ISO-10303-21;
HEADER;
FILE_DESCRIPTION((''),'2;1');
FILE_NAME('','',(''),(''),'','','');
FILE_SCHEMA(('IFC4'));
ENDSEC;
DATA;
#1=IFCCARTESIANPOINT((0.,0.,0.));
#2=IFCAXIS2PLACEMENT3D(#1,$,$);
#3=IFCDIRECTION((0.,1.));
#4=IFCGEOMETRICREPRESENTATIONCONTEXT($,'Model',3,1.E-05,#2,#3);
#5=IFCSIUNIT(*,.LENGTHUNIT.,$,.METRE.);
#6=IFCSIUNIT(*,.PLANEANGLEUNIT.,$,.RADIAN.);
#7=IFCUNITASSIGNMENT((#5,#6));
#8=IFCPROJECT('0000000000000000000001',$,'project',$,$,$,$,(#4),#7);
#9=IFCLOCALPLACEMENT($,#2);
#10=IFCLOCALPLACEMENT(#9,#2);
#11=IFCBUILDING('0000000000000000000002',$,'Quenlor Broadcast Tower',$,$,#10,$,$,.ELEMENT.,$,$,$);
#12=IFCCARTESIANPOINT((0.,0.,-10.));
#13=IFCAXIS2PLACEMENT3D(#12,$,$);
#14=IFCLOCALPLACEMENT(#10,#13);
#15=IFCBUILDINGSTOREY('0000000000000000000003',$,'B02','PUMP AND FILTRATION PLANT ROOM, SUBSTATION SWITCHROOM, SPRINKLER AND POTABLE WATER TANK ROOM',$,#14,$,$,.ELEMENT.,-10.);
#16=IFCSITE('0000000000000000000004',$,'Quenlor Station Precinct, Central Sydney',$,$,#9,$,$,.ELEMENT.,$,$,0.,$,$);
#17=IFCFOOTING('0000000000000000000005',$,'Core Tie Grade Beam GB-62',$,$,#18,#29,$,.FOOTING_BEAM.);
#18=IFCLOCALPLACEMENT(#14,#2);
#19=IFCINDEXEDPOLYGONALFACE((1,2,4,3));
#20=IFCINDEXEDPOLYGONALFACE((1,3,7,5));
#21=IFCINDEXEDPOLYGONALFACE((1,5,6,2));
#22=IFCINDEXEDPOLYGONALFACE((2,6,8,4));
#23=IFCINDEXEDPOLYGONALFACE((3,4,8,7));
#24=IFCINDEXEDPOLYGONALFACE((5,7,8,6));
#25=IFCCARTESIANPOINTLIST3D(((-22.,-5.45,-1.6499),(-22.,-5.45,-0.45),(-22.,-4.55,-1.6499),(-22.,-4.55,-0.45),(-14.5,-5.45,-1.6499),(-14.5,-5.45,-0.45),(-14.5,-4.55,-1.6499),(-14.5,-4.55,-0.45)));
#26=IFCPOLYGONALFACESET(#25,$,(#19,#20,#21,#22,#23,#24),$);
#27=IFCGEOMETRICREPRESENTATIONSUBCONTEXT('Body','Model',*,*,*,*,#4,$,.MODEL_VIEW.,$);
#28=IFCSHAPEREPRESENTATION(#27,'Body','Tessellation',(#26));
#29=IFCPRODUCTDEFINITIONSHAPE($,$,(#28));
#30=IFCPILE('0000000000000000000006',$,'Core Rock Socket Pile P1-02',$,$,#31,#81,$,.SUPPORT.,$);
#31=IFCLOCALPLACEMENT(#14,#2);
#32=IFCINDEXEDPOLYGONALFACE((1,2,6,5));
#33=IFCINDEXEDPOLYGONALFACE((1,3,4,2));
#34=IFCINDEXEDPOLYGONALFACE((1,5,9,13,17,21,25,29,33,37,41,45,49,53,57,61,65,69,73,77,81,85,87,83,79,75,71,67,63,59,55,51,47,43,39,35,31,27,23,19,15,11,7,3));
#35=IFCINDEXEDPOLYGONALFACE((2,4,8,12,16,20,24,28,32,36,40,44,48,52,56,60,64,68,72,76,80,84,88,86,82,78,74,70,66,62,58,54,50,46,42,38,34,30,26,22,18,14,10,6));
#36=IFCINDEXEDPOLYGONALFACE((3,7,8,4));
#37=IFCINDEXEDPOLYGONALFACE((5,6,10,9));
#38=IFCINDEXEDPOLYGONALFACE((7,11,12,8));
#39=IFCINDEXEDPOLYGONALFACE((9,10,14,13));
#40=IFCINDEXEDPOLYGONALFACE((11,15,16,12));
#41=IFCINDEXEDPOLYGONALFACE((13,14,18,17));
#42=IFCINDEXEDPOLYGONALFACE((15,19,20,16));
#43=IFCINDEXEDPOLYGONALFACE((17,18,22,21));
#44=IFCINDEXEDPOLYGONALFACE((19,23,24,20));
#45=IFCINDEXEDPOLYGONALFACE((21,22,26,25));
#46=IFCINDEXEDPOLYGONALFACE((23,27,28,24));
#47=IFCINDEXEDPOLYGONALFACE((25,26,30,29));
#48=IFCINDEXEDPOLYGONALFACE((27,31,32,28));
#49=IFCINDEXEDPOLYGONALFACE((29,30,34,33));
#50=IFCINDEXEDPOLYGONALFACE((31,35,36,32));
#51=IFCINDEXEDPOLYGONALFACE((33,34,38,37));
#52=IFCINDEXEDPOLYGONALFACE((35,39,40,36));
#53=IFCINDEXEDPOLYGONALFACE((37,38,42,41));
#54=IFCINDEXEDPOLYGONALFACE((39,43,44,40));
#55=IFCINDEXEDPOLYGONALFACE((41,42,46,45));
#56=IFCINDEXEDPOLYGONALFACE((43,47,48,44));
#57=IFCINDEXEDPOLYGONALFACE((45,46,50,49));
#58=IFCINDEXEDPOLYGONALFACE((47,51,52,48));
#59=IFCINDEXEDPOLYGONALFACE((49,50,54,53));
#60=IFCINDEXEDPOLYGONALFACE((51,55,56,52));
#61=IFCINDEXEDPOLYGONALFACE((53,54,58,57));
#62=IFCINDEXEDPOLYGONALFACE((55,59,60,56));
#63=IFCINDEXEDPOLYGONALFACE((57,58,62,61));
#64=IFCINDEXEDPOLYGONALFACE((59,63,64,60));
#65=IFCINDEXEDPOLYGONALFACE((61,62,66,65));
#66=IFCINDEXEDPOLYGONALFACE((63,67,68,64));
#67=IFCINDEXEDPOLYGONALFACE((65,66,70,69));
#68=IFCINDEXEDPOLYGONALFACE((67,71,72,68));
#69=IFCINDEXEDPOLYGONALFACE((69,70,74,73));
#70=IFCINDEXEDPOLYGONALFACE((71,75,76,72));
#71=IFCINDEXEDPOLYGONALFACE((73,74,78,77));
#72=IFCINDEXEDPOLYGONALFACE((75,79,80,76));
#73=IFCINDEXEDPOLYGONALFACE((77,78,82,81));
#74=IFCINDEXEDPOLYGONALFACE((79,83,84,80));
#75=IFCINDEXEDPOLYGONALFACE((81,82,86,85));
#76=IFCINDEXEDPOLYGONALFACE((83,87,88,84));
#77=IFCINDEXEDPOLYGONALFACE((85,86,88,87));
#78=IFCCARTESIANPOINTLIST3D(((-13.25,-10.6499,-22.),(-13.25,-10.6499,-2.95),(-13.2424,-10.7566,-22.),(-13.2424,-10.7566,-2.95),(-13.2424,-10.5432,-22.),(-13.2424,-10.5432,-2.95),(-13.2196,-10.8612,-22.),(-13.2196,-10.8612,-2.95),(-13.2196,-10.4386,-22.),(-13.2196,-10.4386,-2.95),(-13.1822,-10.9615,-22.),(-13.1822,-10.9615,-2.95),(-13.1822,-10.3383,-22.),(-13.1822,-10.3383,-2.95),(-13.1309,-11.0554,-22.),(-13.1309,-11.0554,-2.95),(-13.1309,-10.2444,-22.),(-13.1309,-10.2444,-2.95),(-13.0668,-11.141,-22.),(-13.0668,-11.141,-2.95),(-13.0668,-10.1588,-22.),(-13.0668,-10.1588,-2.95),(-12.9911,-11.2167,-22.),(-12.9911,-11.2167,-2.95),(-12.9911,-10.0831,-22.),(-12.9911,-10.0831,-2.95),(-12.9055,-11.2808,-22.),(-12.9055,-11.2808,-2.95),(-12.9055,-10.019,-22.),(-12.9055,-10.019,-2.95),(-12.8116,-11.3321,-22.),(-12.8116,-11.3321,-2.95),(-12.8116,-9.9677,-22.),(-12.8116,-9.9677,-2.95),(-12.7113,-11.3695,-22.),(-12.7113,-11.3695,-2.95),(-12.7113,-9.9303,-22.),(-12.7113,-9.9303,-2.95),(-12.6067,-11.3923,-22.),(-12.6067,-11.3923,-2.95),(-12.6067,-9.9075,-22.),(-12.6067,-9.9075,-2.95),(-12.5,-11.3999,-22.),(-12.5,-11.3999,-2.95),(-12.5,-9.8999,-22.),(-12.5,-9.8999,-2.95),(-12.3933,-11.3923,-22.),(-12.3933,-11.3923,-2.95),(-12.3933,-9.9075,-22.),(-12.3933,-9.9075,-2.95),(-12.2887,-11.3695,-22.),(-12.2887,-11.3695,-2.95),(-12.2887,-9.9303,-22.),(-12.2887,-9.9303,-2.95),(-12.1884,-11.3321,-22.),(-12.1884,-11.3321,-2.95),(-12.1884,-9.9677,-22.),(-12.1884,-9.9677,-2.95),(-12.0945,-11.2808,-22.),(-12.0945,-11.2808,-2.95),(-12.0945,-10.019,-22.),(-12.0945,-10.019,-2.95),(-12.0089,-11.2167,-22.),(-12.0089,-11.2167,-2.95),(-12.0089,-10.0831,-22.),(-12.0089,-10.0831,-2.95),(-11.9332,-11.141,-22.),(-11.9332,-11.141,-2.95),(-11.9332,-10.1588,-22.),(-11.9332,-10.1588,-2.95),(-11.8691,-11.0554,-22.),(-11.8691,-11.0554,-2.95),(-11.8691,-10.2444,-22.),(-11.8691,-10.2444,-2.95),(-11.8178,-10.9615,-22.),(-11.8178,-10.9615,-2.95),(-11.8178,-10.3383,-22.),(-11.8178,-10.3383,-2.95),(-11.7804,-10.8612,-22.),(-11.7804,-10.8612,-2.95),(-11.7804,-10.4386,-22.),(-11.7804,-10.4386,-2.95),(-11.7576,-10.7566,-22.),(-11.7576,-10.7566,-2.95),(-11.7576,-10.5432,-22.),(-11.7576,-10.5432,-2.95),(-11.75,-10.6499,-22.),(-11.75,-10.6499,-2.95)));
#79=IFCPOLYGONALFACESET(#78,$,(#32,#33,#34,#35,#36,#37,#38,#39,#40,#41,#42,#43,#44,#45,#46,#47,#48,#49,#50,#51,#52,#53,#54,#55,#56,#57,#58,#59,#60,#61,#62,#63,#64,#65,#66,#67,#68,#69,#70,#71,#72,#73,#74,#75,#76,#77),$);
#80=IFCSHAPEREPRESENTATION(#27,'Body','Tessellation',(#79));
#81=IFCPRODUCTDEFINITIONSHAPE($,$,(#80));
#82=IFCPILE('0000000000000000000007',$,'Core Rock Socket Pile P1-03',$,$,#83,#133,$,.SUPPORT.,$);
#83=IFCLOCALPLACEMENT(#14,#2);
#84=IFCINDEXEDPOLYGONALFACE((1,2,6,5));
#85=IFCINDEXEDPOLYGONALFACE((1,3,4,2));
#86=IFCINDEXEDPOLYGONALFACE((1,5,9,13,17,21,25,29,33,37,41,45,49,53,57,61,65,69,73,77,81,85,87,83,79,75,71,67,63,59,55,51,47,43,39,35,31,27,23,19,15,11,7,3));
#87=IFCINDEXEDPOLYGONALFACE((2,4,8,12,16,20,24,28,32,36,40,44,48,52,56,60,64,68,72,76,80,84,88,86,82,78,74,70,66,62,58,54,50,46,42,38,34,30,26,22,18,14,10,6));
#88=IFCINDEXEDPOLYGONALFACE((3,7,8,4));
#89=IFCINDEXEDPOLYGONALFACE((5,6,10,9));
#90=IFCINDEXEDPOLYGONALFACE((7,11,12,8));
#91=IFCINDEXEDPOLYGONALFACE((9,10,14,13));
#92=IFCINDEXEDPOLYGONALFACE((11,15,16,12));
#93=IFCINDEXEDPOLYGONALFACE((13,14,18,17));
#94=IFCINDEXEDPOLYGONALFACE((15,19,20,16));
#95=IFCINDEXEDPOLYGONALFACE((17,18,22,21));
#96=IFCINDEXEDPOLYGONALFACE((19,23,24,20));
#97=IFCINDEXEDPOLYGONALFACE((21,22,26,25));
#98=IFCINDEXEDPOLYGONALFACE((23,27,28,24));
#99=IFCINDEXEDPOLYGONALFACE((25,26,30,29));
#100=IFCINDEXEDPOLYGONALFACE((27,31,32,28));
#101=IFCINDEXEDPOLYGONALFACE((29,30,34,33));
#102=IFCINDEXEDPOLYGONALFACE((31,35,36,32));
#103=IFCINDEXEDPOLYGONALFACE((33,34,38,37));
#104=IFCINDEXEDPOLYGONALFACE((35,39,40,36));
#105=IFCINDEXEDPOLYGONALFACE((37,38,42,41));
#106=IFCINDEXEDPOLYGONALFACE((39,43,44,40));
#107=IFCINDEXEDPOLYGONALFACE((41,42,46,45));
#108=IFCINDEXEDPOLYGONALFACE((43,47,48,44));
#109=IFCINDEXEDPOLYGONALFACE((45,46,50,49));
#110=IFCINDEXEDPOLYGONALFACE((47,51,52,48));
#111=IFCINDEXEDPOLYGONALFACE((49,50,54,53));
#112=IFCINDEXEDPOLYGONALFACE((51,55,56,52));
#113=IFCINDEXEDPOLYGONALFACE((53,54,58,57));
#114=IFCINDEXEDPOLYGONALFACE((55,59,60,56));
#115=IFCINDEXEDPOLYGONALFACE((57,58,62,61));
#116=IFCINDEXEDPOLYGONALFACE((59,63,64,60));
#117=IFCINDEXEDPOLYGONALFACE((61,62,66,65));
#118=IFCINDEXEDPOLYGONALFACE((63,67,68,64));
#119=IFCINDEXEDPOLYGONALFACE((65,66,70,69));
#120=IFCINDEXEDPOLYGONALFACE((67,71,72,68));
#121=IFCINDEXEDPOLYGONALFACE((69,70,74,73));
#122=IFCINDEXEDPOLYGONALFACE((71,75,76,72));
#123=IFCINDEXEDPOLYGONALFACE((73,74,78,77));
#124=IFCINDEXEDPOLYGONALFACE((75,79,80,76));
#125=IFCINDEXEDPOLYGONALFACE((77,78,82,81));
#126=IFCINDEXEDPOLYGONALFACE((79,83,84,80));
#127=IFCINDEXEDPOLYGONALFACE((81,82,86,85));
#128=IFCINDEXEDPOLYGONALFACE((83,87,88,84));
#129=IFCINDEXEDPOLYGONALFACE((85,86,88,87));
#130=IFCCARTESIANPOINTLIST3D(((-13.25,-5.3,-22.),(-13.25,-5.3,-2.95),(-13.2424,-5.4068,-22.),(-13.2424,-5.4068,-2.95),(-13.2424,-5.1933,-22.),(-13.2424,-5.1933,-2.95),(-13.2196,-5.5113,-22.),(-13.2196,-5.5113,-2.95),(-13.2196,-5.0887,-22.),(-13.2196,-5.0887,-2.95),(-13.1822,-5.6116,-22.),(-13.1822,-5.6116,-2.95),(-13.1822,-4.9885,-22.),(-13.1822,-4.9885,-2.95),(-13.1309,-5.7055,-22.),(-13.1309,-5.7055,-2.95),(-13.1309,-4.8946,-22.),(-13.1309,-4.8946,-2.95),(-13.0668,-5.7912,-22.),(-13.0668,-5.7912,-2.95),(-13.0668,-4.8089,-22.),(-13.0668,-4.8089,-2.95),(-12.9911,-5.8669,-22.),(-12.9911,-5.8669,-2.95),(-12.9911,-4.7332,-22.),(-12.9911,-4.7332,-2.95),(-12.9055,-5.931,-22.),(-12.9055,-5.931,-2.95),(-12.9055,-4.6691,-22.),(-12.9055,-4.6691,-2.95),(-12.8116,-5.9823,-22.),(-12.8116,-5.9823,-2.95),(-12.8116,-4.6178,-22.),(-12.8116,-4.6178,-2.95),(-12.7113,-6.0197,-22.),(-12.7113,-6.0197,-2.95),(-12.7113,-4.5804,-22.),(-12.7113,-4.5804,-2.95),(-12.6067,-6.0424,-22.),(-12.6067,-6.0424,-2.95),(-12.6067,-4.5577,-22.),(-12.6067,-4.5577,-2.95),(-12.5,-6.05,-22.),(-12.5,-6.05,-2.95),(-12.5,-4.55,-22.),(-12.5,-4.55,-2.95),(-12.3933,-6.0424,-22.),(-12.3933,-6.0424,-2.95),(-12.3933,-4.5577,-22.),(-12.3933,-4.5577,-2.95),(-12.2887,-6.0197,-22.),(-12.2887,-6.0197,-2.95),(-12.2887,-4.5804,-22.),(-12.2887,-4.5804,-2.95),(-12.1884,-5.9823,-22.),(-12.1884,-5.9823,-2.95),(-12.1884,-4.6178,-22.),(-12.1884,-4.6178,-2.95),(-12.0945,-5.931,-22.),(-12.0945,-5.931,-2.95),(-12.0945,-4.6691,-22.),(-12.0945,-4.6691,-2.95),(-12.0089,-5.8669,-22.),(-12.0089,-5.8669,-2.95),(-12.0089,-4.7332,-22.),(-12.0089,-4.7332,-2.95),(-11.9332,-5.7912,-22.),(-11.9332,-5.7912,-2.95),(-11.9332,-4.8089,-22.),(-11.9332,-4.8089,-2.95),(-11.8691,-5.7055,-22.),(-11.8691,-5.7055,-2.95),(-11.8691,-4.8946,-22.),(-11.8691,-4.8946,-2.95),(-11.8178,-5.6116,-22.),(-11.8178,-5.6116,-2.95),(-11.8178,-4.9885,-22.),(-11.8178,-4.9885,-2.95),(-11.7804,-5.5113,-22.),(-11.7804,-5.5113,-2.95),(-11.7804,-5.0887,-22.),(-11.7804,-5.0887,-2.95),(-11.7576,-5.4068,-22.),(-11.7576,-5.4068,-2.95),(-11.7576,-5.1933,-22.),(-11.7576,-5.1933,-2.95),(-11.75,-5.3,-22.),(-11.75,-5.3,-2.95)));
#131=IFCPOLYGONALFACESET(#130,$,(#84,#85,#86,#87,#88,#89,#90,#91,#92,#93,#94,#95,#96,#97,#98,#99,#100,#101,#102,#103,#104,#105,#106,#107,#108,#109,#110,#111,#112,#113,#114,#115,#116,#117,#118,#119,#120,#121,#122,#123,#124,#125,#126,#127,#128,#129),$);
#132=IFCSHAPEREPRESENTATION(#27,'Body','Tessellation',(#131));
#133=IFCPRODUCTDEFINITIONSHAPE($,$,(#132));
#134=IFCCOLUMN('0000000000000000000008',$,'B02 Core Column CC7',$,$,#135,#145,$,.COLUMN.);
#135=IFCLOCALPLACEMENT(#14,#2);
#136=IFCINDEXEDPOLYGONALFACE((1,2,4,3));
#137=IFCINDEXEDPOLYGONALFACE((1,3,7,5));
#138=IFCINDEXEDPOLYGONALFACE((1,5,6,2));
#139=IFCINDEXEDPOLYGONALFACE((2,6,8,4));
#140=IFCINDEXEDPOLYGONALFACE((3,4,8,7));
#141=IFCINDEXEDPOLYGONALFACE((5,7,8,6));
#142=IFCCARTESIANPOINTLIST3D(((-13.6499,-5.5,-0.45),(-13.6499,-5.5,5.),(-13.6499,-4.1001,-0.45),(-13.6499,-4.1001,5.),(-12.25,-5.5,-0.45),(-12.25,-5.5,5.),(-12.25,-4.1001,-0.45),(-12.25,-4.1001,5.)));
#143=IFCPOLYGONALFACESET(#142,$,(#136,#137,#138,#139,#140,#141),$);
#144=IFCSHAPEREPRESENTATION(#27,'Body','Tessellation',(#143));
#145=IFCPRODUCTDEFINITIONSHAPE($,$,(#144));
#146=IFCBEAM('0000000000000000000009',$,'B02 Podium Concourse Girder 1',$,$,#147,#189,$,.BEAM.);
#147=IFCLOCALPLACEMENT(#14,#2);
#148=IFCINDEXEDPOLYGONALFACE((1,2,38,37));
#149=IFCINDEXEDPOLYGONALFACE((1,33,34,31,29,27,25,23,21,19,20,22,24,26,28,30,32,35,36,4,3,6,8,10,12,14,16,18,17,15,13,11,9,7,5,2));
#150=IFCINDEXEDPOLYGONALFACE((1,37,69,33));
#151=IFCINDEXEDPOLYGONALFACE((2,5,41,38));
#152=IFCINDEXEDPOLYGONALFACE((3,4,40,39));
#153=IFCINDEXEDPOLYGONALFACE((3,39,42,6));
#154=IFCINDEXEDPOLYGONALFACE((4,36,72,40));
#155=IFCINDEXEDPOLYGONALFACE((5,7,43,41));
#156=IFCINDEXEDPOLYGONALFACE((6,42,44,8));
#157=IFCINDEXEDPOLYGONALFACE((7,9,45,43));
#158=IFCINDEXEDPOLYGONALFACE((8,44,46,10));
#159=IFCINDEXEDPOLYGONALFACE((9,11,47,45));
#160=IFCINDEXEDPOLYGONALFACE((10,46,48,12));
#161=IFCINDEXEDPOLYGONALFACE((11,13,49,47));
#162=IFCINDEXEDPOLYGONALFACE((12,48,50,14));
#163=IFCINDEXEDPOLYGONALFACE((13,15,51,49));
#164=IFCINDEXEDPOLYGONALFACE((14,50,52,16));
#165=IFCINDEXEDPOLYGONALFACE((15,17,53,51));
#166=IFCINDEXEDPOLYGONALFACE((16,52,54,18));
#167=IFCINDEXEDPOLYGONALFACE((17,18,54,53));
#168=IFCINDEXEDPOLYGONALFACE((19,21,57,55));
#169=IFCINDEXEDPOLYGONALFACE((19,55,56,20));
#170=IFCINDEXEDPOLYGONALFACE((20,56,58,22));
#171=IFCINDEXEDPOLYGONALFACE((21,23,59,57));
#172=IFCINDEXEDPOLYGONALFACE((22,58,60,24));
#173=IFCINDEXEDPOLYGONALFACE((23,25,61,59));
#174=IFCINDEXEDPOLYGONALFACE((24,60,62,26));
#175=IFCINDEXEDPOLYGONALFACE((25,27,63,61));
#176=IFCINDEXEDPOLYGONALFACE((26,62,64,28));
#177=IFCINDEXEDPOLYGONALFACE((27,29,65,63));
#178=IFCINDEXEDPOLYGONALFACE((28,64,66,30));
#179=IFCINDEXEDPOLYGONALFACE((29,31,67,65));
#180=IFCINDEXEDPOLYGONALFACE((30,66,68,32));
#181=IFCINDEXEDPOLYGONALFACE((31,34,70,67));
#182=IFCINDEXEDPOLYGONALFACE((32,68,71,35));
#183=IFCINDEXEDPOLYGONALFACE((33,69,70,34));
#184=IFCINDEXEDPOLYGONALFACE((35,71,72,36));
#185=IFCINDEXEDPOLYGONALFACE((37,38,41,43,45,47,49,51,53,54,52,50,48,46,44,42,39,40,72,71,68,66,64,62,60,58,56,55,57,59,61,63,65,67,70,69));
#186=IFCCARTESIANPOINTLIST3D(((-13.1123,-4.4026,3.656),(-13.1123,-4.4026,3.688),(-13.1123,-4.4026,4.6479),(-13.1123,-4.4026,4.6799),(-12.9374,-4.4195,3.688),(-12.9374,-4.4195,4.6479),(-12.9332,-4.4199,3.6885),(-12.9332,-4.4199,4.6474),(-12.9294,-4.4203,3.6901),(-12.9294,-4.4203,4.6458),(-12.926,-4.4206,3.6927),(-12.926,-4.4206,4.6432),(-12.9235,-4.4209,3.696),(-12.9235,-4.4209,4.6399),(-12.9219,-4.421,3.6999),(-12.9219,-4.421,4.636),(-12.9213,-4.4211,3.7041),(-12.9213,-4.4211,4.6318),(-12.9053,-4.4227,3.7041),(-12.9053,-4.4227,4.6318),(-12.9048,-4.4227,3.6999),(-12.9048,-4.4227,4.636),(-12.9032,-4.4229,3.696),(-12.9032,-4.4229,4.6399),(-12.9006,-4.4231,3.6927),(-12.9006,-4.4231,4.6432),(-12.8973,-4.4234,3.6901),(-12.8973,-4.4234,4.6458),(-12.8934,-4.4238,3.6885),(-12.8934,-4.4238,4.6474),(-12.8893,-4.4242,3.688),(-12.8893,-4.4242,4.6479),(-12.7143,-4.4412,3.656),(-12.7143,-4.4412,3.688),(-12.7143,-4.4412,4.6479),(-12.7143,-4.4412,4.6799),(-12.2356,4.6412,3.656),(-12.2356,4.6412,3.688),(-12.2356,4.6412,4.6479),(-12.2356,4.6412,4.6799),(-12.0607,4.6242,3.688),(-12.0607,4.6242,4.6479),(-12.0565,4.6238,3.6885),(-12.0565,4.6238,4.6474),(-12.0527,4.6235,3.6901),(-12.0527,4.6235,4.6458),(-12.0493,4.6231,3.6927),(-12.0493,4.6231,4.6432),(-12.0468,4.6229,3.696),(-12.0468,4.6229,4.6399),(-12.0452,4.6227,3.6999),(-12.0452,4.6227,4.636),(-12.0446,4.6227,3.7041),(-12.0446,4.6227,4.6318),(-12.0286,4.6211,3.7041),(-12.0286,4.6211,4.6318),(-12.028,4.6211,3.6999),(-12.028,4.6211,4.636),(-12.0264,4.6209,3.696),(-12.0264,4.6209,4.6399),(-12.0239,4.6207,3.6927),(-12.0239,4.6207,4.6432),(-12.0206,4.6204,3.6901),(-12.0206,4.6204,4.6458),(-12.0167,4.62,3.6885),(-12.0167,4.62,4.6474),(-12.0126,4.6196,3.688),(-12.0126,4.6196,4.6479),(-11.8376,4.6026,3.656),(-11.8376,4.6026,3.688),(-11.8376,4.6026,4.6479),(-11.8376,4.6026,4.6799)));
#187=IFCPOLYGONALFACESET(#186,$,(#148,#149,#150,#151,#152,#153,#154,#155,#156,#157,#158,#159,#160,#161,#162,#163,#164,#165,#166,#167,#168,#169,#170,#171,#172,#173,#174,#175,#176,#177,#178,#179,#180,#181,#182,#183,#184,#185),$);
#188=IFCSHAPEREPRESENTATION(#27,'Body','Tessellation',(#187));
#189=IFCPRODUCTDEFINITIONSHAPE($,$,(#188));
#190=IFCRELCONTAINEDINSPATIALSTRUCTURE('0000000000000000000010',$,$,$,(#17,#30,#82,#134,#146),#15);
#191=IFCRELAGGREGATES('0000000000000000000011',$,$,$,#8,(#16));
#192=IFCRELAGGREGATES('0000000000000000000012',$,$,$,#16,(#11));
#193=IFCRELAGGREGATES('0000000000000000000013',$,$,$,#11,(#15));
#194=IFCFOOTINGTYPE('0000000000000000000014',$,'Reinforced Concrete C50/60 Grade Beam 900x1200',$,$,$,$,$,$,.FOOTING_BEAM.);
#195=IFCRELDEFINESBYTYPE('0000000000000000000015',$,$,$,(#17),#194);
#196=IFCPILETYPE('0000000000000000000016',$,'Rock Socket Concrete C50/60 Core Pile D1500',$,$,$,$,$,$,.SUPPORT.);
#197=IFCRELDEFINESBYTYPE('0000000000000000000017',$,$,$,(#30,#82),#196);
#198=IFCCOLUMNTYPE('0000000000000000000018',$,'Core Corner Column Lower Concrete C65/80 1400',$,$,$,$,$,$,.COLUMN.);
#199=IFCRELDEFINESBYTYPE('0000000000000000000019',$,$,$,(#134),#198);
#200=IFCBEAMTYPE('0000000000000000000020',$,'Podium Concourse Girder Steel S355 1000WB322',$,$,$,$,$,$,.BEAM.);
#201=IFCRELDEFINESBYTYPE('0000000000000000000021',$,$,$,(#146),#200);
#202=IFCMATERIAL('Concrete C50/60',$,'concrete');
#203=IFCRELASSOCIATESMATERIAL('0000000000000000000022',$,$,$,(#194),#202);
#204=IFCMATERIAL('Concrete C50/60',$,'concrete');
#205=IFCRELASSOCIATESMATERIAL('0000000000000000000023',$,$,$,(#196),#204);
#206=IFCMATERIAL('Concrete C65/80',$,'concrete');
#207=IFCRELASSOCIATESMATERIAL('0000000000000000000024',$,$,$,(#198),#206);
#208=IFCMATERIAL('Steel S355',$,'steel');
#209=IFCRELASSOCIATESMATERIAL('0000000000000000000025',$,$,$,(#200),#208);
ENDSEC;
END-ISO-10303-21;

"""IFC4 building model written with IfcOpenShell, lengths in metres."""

from ifc_helpers import new_model, si_unit, direction, frame, origin, origin_2d, place, context, subcontext, project, spatial, rectangle, circle, i_section, extrude, material, material_profile, profile_set, type_object, element, save


model = new_model("IFC4")

# Units and contexts
model_context = context("Model", 3, precision=1e-05, world=origin(), true_north=direction((0.0, 1.0)))
body_context = subcontext(model_context, "Body", "Model", "MODEL_VIEW")
ifc_project = project(units=[si_unit("LENGTHUNIT", "METRE"), si_unit("PLANEANGLEUNIT", "RADIAN")], contexts=[model_context])

# Site, building, storey
site_placement = place(None, origin())
site = spatial("IfcSite", under=ifc_project, at=site_placement, Name="Quenlor Station Precinct, Central Sydney", CompositionType="ELEMENT", RefElevation=0.0)
building_placement = place(site_placement, origin())
building = spatial("IfcBuilding", under=site, at=building_placement, Name="Quenlor Broadcast Tower", CompositionType="ELEMENT")
storey_placement = place(building_placement, frame((0.0, 0.0, -10.0)))
storey = spatial("IfcBuildingStorey", under=building, at=storey_placement, Name="B02", Description="PUMP AND FILTRATION PLANT ROOM, SUBSTATION SWITCHROOM, SPRINKLER AND POTABLE WATER TANK ROOM", CompositionType="ELEMENT", Elevation=-10.0)

# Footing
ifc_material_1 = material(Name="Concrete C50/60", Category="concrete")
footing_type = type_object("IfcFootingType", Name="Reinforced Concrete C50/60 Grade Beam 900x1200", PredefinedType="FOOTING_BEAM", material=ifc_material_1)
footing_placement = place(storey_placement, frame((-18.25, -5.0, -1.6499), z_axis=(0.0, 0.0, 1.0), x_axis=(1.0, 0.0, 0.0)))
element("IfcFooting", 1, at=footing_placement, inside=storey, type_object=footing_type, Name="Core Tie Grade Beam GB-62", PredefinedType="FOOTING_BEAM", context=body_context, shape_type="SweptSolid", body=[
    extrude(rectangle(XDim=7.5, YDim=0.8999, at=origin_2d()), origin(), (0.0, 0.0, 1.0), 1.2),
])

# Piles
ifc_material_2 = material(Name="Concrete C50/60", Category="concrete")
ifc_material_profile_1 = material_profile(ifc_material_2, circle(Radius=0.75, at=origin_2d()))
ifc_profile_set_1 = profile_set([ifc_material_profile_1], Name="Concrete C50/60 PILE1500")
pile_type = type_object("IfcPileType", Name="Rock Socket Concrete C50/60 Core Pile D1500", PredefinedType="SUPPORT", material=ifc_profile_set_1)
for number, where, z_axis, x_axis, name in (
    (2, (-12.5, -10.6499, -2.95), (0.0, 0.0, -1.0), (1.0, 0.0, 0.0), "Core Rock Socket Pile P1-02"),
    (3, (-12.5, -5.3, -2.95), (0.0, 0.0, -1.0), (1.0, 0.0, 0.0), "Core Rock Socket Pile P1-03"),
):
    element("IfcPile", number, at=place(storey_placement, frame(where, z_axis=z_axis, x_axis=x_axis)), inside=storey, type_object=pile_type, Name=name, PredefinedType="SUPPORT", context=body_context, shape_type="SweptSolid", body=[
        extrude(circle(Radius=0.75, at=origin_2d()), origin(), (0.0, 0.0, 1.0), 19.05),
    ])

# Column
ifc_material_3 = material(Name="Concrete C65/80", Category="concrete")
ifc_material_profile_2 = material_profile(ifc_material_3, rectangle(XDim=1.3999, YDim=1.3999, at=origin_2d()))
ifc_profile_set_2 = profile_set([ifc_material_profile_2], Name="Concrete C65/80 RC1400x1400")
column_type = type_object("IfcColumnType", Name="Core Corner Column Lower Concrete C65/80 1400", PredefinedType="COLUMN", material=ifc_profile_set_2)
column_placement = place(storey_placement, frame((-12.95, -4.8, -0.45), z_axis=(0.0, 0.0, 1.0), x_axis=(1.0, 0.0, 0.0)))
element("IfcColumn", 4, at=column_placement, inside=storey, type_object=column_type, Name="B02 Core Column CC7", PredefinedType="COLUMN", context=body_context, shape_type="SweptSolid", body=[
    extrude(rectangle(XDim=1.3999, YDim=1.3999, at=origin_2d()), origin(), (0.0, 0.0, 1.0), 5.45),
])

# Beam
ifc_material_4 = material(Name="Steel S355", Category="steel")
ifc_material_profile_3 = material_profile(ifc_material_4, i_section(OverallWidth=0.3999, OverallDepth=1.0239, WebThickness=0.0161, FlangeThickness=0.032, FilletRadius=0.0161, at=origin_2d()))
ifc_profile_set_3 = profile_set([ifc_material_profile_3], Name="Steel S355 1000WB322")
beam_type = type_object("IfcBeamType", Name="Podium Concourse Girder Steel S355 1000WB322", PredefinedType="BEAM", material=ifc_profile_set_3)
beam_1_placement = place(storey_placement, frame((-12.9133, -4.4219, 4.168), z_axis=(0.096489, 0.995334, 0.0), x_axis=(-0.995334, 0.096489, 0.0)))
element("IfcBeam", 5, at=beam_1_placement, inside=storey, type_object=beam_type, Name="B02 Podium Concourse Girder 1", PredefinedType="BEAM", context=body_context, shape_type="SweptSolid", body=[
    extrude(i_section(OverallWidth=0.3999, OverallDepth=1.0239, WebThickness=0.0161, FlangeThickness=0.032, FilletRadius=0.0161, at=origin_2d()), origin(), (0.0, 0.0, 1.0), 9.0862),
])

save(model, "model.ifc")
